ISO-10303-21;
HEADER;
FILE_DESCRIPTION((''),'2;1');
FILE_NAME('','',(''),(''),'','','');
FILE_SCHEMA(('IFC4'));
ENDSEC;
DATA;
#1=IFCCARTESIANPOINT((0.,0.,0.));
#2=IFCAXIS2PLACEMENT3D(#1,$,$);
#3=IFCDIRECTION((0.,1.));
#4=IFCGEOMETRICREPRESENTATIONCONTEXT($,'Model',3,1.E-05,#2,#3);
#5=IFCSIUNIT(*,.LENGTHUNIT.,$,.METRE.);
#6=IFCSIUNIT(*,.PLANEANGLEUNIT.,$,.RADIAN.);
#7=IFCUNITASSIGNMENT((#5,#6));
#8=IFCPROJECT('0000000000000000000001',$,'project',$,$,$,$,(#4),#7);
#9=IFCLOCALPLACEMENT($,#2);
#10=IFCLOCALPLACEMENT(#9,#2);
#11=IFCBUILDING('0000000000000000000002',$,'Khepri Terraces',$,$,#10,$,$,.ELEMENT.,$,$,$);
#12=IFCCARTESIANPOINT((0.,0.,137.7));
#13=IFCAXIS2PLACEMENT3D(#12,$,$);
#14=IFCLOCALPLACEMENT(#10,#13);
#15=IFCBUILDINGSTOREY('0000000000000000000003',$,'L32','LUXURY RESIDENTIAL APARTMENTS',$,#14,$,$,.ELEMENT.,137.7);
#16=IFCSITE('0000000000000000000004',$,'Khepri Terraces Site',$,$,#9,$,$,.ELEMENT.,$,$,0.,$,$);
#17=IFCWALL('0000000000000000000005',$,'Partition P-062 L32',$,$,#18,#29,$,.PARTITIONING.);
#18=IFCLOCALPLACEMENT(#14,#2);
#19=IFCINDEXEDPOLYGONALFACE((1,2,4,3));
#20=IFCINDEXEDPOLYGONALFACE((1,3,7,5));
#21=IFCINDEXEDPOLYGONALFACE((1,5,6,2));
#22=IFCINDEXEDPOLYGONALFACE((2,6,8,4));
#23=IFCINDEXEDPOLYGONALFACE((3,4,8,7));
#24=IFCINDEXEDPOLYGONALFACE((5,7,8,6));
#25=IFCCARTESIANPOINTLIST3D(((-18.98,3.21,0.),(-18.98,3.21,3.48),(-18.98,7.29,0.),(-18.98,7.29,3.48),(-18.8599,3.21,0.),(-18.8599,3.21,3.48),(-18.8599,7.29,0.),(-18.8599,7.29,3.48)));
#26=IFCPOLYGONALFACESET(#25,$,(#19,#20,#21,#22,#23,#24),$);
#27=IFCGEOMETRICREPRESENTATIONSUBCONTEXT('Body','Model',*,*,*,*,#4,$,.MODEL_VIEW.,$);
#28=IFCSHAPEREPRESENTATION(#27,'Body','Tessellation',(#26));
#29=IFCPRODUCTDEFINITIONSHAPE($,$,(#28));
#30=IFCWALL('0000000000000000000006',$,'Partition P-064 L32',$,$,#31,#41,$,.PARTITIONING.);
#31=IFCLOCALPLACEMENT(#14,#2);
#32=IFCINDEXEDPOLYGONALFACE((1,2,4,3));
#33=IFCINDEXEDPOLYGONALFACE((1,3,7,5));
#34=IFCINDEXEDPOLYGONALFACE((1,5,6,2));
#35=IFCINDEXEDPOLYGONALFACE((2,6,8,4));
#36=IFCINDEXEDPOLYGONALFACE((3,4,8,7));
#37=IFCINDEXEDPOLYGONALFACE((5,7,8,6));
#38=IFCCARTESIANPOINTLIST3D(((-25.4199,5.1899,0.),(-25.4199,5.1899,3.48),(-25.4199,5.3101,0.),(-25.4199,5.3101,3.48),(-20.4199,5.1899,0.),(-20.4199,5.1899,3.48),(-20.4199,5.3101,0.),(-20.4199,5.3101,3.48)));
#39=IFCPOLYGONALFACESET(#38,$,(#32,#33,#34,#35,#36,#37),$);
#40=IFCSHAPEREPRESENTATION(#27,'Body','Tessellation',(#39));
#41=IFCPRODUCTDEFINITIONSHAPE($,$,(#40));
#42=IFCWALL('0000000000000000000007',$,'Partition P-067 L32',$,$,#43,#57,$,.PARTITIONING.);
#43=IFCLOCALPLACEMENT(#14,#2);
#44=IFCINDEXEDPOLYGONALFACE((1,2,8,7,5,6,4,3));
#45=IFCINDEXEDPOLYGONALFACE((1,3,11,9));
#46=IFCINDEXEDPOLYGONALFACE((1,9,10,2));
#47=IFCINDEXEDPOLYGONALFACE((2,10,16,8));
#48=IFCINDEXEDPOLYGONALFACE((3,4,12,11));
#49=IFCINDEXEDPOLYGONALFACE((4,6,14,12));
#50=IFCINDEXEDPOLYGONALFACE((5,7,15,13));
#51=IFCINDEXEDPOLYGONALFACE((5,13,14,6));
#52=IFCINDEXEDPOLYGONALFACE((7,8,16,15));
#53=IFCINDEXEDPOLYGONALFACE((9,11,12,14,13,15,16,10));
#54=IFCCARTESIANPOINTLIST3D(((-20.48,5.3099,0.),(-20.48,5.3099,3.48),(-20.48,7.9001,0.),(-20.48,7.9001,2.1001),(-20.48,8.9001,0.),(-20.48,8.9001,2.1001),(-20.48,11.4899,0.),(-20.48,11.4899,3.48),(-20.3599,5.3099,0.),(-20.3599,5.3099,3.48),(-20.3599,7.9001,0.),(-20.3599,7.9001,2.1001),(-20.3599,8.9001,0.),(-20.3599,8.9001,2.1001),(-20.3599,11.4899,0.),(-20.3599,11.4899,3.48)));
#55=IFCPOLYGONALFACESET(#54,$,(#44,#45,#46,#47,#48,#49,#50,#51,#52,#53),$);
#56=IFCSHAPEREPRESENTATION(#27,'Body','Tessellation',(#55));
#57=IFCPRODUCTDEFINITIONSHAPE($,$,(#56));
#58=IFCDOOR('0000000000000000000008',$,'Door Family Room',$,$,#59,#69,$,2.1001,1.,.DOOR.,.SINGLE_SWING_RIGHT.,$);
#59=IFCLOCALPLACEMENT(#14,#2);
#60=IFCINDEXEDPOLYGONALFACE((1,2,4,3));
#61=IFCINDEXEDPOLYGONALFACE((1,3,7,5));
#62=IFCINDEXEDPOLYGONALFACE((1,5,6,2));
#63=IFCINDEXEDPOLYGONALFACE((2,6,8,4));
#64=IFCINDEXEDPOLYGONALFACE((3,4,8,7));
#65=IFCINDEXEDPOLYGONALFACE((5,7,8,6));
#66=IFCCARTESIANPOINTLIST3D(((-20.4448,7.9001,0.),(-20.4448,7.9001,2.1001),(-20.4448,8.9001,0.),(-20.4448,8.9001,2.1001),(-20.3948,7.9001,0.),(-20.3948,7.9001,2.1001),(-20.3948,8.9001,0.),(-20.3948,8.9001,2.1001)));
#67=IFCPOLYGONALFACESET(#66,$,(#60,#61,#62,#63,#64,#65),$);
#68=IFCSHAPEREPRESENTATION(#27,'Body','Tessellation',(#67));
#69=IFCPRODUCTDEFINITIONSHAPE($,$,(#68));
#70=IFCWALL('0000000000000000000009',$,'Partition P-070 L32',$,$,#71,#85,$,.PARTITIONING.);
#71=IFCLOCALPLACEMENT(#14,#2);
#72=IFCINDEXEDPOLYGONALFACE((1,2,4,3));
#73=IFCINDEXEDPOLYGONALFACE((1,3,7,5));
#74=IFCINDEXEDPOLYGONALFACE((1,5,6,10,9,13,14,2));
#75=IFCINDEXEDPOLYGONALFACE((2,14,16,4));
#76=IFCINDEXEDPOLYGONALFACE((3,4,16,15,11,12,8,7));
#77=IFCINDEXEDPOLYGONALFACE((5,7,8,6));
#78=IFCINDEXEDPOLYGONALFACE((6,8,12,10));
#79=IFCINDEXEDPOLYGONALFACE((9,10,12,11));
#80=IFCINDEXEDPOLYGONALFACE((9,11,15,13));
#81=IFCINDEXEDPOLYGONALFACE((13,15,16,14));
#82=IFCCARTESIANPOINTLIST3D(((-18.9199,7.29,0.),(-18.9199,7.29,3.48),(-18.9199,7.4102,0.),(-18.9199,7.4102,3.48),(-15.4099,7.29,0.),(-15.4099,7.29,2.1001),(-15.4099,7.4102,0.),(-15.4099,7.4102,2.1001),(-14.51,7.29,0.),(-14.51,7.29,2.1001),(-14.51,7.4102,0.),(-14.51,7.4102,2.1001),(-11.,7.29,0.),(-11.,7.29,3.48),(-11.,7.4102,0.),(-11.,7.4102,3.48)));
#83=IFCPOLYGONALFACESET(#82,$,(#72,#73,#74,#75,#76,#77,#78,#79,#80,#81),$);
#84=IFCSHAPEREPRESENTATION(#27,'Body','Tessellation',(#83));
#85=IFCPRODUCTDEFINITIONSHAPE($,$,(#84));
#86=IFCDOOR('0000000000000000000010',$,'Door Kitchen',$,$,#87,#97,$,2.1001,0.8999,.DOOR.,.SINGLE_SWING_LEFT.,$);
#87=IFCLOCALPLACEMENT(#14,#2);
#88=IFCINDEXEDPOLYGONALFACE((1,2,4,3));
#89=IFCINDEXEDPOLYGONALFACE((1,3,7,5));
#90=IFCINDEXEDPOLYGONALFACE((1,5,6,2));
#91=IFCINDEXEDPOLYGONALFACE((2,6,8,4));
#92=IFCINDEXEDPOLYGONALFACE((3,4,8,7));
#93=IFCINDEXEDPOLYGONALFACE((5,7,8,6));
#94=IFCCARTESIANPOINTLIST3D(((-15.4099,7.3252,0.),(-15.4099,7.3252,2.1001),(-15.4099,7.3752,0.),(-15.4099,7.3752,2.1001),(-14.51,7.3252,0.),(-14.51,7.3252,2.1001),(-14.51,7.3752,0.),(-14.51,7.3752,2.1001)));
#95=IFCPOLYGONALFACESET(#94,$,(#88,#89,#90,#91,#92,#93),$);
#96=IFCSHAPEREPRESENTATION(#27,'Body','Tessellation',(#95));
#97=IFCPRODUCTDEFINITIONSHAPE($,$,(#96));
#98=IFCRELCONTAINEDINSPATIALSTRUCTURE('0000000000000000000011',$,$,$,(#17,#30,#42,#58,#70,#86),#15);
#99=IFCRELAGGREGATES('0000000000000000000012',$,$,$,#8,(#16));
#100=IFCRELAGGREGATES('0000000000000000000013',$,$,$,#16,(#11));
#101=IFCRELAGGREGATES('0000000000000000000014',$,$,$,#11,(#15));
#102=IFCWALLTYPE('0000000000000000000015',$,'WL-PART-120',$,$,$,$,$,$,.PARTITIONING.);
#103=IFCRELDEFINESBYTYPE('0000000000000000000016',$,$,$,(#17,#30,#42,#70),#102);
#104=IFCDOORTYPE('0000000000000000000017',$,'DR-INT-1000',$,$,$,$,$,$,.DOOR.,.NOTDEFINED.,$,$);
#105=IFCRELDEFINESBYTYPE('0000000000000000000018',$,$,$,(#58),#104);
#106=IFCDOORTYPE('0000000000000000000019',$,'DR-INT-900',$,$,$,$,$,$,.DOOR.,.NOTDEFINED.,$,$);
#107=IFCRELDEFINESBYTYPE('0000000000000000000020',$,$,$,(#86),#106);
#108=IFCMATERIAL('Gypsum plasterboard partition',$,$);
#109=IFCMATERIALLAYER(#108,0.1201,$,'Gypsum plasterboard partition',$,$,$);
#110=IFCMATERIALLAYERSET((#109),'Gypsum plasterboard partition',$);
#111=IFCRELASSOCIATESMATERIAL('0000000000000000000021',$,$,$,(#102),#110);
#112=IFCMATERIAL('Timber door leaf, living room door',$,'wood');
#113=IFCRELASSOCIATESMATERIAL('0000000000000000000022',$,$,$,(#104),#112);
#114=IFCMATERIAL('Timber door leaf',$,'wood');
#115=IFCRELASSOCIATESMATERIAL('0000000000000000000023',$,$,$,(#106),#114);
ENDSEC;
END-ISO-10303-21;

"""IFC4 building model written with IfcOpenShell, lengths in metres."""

from ifc_helpers import new_model, si_unit, direction, frame, frame_2d, origin, place, context, subcontext, project, spatial, rectangle, extrude, material, layer, layer_set, type_object, element, fill, save


model = new_model("IFC4")

# Units and contexts
model_context = context("Model", 3, precision=1e-05, world=origin(), true_north=direction((0.0, 1.0)))
body_context = subcontext(model_context, "Body", "Model", "MODEL_VIEW")
ifc_project = project(units=[si_unit("LENGTHUNIT", "METRE"), si_unit("PLANEANGLEUNIT", "RADIAN")], contexts=[model_context])

# Site, building, storey
site_placement = place(None, origin())
site = spatial("IfcSite", under=ifc_project, at=site_placement, Name="Khepri Terraces Site", CompositionType="ELEMENT", RefElevation=0.0)
building_placement = place(site_placement, origin())
building = spatial("IfcBuilding", under=site, at=building_placement, Name="Khepri Terraces", CompositionType="ELEMENT")
storey_placement = place(building_placement, frame((0.0, 0.0, 137.7)))
storey = spatial("IfcBuildingStorey", under=building, at=storey_placement, Name="L32", Description="LUXURY RESIDENTIAL APARTMENTS", CompositionType="ELEMENT", Elevation=137.7)

# Walls
ifc_material_1 = material(Name="Gypsum plasterboard partition")
ifc_layer_1 = layer(ifc_material_1, 0.1201, Name="Gypsum plasterboard partition")
ifc_layer_set_1 = layer_set([ifc_layer_1], Name="Gypsum plasterboard partition")
wall_type_1 = type_object("IfcWallType", Name="WL-PART-120", PredefinedType="PARTITIONING", material=ifc_layer_set_1)
wall_1_placement = place(storey_placement, frame((-18.9199, 3.21, 0.0), z_axis=(0.0, 0.0, 1.0), x_axis=(0.0, 1.0, 0.0)))
element("IfcWall", 1, at=wall_1_placement, inside=storey, type_object=wall_type_1, Name="Partition P-062 L32", PredefinedType="PARTITIONING", context=body_context, shape_type="SweptSolid", body=[
    extrude(rectangle(XDim=4.0801, YDim=0.1201, at=frame_2d((2.04, 0.0))), origin(), (0.0, 0.0, 1.0), 3.48),
])
wall_2_placement = place(storey_placement, frame((-25.4199, 5.25, 0.0), z_axis=(0.0, 0.0, 1.0), x_axis=(1.0, 0.0, 0.0)))
element("IfcWall", 2, at=wall_2_placement, inside=storey, type_object=wall_type_1, Name="Partition P-064 L32", PredefinedType="PARTITIONING", context=body_context, shape_type="SweptSolid", body=[
    extrude(rectangle(XDim=5.0, YDim=0.1201, at=frame_2d((2.5, 0.0))), origin(), (0.0, 0.0, 1.0), 3.48),
])

# Walls, openings, doors
wall_3_placement = place(storey_placement, frame((-20.4199, 5.3101, 0.0), z_axis=(0.0, 0.0, 1.0), x_axis=(0.0, 1.0, 0.0)))
wall_3 = element("IfcWall", 3, at=wall_3_placement, inside=storey, type_object=wall_type_1, Name="Partition P-067 L32", PredefinedType="PARTITIONING", context=body_context, shape_type="SweptSolid", body=[
    extrude(rectangle(XDim=6.1799, YDim=0.1201, at=frame_2d((3.0898, 0.0))), origin(), (0.0, 0.0, 1.0), 3.48),
])
opening_1_placement = place(wall_3_placement, frame((2.5901, 0.0, 0.0)))
opening_1 = element("IfcOpeningElement", 4, at=opening_1_placement, cuts=wall_3, PredefinedType="OPENING", context=body_context, shape_type="SweptSolid", body=[
    extrude(rectangle(XDim=1.0, YDim=2.1001, at=frame_2d((0.5, 1.05))), frame((0.0, 0.0701, 0.0), z_axis=(0.0, -1.0, 0.0), x_axis=(1.0, 0.0, 0.0)), (0.0, 0.0, 1.0), 0.1401),
])
ifc_material_2 = material(Name="Timber door leaf, living room door", Category="wood")
door_type_1 = type_object("IfcDoorType", Name="DR-INT-1000", OperationType="NOTDEFINED", PredefinedType="DOOR", material=ifc_material_2)
door_1_placement = place(opening_1_placement, origin())
door_1 = element("IfcDoor", 5, at=door_1_placement, inside=storey, type_object=door_type_1, Name="Door Family Room", OperationType="SINGLE_SWING_RIGHT", OverallHeight=2.1001, OverallWidth=1.0, PredefinedType="DOOR", context=body_context, shape_type="SweptSolid", body=[
    extrude(rectangle(XDim=1.0, YDim=2.1001, at=frame_2d((0.5, 1.05))), frame((0.0, 0.0249, 0.0), z_axis=(0.0, -1.0, 0.0), x_axis=(1.0, 0.0, 0.0)), (0.0, 0.0, 1.0), 0.05),
])
fill(opening_1, door_1)
wall_4_placement = place(storey_placement, frame((-18.9199, 7.3501, 0.0), z_axis=(0.0, 0.0, 1.0), x_axis=(1.0, 0.0, 0.0)))
wall_4 = element("IfcWall", 6, at=wall_4_placement, inside=storey, type_object=wall_type_1, Name="Partition P-070 L32", PredefinedType="PARTITIONING", context=body_context, shape_type="SweptSolid", body=[
    extrude(rectangle(XDim=7.9199, YDim=0.1201, at=frame_2d((3.96, 0.0))), origin(), (0.0, 0.0, 1.0), 3.48),
])
opening_2_placement = place(wall_4_placement, frame((3.51, 0.0, 0.0)))
opening_2 = element("IfcOpeningElement", 7, at=opening_2_placement, cuts=wall_4, PredefinedType="OPENING", context=body_context, shape_type="SweptSolid", body=[
    extrude(rectangle(XDim=0.8999, YDim=2.1001, at=frame_2d((0.45, 1.05))), frame((0.0, 0.0701, 0.0), z_axis=(0.0, -1.0, 0.0), x_axis=(1.0, 0.0, 0.0)), (0.0, 0.0, 1.0), 0.1401),
])
ifc_material_3 = material(Name="Timber door leaf", Category="wood")
door_type_2 = type_object("IfcDoorType", Name="DR-INT-900", OperationType="NOTDEFINED", PredefinedType="DOOR", material=ifc_material_3)
door_2_placement = place(opening_2_placement, frame((0.8999, 0.0, 0.0), z_axis=(0.0, 0.0, 1.0), x_axis=(-1.0, 0.0, 0.0)))
door_2 = element("IfcDoor", 8, at=door_2_placement, inside=storey, type_object=door_type_2, Name="Door Kitchen", OperationType="SINGLE_SWING_LEFT", OverallHeight=2.1001, OverallWidth=0.8999, PredefinedType="DOOR", context=body_context, shape_type="SweptSolid", body=[
    extrude(rectangle(XDim=0.8999, YDim=2.1001, at=frame_2d((0.45, 1.05))), frame((0.0, 0.0249, 0.0), z_axis=(0.0, -1.0, 0.0), x_axis=(1.0, 0.0, 0.0)), (0.0, 0.0, 1.0), 0.05),
])
fill(opening_2, door_2)

save(model, "model.ifc")
